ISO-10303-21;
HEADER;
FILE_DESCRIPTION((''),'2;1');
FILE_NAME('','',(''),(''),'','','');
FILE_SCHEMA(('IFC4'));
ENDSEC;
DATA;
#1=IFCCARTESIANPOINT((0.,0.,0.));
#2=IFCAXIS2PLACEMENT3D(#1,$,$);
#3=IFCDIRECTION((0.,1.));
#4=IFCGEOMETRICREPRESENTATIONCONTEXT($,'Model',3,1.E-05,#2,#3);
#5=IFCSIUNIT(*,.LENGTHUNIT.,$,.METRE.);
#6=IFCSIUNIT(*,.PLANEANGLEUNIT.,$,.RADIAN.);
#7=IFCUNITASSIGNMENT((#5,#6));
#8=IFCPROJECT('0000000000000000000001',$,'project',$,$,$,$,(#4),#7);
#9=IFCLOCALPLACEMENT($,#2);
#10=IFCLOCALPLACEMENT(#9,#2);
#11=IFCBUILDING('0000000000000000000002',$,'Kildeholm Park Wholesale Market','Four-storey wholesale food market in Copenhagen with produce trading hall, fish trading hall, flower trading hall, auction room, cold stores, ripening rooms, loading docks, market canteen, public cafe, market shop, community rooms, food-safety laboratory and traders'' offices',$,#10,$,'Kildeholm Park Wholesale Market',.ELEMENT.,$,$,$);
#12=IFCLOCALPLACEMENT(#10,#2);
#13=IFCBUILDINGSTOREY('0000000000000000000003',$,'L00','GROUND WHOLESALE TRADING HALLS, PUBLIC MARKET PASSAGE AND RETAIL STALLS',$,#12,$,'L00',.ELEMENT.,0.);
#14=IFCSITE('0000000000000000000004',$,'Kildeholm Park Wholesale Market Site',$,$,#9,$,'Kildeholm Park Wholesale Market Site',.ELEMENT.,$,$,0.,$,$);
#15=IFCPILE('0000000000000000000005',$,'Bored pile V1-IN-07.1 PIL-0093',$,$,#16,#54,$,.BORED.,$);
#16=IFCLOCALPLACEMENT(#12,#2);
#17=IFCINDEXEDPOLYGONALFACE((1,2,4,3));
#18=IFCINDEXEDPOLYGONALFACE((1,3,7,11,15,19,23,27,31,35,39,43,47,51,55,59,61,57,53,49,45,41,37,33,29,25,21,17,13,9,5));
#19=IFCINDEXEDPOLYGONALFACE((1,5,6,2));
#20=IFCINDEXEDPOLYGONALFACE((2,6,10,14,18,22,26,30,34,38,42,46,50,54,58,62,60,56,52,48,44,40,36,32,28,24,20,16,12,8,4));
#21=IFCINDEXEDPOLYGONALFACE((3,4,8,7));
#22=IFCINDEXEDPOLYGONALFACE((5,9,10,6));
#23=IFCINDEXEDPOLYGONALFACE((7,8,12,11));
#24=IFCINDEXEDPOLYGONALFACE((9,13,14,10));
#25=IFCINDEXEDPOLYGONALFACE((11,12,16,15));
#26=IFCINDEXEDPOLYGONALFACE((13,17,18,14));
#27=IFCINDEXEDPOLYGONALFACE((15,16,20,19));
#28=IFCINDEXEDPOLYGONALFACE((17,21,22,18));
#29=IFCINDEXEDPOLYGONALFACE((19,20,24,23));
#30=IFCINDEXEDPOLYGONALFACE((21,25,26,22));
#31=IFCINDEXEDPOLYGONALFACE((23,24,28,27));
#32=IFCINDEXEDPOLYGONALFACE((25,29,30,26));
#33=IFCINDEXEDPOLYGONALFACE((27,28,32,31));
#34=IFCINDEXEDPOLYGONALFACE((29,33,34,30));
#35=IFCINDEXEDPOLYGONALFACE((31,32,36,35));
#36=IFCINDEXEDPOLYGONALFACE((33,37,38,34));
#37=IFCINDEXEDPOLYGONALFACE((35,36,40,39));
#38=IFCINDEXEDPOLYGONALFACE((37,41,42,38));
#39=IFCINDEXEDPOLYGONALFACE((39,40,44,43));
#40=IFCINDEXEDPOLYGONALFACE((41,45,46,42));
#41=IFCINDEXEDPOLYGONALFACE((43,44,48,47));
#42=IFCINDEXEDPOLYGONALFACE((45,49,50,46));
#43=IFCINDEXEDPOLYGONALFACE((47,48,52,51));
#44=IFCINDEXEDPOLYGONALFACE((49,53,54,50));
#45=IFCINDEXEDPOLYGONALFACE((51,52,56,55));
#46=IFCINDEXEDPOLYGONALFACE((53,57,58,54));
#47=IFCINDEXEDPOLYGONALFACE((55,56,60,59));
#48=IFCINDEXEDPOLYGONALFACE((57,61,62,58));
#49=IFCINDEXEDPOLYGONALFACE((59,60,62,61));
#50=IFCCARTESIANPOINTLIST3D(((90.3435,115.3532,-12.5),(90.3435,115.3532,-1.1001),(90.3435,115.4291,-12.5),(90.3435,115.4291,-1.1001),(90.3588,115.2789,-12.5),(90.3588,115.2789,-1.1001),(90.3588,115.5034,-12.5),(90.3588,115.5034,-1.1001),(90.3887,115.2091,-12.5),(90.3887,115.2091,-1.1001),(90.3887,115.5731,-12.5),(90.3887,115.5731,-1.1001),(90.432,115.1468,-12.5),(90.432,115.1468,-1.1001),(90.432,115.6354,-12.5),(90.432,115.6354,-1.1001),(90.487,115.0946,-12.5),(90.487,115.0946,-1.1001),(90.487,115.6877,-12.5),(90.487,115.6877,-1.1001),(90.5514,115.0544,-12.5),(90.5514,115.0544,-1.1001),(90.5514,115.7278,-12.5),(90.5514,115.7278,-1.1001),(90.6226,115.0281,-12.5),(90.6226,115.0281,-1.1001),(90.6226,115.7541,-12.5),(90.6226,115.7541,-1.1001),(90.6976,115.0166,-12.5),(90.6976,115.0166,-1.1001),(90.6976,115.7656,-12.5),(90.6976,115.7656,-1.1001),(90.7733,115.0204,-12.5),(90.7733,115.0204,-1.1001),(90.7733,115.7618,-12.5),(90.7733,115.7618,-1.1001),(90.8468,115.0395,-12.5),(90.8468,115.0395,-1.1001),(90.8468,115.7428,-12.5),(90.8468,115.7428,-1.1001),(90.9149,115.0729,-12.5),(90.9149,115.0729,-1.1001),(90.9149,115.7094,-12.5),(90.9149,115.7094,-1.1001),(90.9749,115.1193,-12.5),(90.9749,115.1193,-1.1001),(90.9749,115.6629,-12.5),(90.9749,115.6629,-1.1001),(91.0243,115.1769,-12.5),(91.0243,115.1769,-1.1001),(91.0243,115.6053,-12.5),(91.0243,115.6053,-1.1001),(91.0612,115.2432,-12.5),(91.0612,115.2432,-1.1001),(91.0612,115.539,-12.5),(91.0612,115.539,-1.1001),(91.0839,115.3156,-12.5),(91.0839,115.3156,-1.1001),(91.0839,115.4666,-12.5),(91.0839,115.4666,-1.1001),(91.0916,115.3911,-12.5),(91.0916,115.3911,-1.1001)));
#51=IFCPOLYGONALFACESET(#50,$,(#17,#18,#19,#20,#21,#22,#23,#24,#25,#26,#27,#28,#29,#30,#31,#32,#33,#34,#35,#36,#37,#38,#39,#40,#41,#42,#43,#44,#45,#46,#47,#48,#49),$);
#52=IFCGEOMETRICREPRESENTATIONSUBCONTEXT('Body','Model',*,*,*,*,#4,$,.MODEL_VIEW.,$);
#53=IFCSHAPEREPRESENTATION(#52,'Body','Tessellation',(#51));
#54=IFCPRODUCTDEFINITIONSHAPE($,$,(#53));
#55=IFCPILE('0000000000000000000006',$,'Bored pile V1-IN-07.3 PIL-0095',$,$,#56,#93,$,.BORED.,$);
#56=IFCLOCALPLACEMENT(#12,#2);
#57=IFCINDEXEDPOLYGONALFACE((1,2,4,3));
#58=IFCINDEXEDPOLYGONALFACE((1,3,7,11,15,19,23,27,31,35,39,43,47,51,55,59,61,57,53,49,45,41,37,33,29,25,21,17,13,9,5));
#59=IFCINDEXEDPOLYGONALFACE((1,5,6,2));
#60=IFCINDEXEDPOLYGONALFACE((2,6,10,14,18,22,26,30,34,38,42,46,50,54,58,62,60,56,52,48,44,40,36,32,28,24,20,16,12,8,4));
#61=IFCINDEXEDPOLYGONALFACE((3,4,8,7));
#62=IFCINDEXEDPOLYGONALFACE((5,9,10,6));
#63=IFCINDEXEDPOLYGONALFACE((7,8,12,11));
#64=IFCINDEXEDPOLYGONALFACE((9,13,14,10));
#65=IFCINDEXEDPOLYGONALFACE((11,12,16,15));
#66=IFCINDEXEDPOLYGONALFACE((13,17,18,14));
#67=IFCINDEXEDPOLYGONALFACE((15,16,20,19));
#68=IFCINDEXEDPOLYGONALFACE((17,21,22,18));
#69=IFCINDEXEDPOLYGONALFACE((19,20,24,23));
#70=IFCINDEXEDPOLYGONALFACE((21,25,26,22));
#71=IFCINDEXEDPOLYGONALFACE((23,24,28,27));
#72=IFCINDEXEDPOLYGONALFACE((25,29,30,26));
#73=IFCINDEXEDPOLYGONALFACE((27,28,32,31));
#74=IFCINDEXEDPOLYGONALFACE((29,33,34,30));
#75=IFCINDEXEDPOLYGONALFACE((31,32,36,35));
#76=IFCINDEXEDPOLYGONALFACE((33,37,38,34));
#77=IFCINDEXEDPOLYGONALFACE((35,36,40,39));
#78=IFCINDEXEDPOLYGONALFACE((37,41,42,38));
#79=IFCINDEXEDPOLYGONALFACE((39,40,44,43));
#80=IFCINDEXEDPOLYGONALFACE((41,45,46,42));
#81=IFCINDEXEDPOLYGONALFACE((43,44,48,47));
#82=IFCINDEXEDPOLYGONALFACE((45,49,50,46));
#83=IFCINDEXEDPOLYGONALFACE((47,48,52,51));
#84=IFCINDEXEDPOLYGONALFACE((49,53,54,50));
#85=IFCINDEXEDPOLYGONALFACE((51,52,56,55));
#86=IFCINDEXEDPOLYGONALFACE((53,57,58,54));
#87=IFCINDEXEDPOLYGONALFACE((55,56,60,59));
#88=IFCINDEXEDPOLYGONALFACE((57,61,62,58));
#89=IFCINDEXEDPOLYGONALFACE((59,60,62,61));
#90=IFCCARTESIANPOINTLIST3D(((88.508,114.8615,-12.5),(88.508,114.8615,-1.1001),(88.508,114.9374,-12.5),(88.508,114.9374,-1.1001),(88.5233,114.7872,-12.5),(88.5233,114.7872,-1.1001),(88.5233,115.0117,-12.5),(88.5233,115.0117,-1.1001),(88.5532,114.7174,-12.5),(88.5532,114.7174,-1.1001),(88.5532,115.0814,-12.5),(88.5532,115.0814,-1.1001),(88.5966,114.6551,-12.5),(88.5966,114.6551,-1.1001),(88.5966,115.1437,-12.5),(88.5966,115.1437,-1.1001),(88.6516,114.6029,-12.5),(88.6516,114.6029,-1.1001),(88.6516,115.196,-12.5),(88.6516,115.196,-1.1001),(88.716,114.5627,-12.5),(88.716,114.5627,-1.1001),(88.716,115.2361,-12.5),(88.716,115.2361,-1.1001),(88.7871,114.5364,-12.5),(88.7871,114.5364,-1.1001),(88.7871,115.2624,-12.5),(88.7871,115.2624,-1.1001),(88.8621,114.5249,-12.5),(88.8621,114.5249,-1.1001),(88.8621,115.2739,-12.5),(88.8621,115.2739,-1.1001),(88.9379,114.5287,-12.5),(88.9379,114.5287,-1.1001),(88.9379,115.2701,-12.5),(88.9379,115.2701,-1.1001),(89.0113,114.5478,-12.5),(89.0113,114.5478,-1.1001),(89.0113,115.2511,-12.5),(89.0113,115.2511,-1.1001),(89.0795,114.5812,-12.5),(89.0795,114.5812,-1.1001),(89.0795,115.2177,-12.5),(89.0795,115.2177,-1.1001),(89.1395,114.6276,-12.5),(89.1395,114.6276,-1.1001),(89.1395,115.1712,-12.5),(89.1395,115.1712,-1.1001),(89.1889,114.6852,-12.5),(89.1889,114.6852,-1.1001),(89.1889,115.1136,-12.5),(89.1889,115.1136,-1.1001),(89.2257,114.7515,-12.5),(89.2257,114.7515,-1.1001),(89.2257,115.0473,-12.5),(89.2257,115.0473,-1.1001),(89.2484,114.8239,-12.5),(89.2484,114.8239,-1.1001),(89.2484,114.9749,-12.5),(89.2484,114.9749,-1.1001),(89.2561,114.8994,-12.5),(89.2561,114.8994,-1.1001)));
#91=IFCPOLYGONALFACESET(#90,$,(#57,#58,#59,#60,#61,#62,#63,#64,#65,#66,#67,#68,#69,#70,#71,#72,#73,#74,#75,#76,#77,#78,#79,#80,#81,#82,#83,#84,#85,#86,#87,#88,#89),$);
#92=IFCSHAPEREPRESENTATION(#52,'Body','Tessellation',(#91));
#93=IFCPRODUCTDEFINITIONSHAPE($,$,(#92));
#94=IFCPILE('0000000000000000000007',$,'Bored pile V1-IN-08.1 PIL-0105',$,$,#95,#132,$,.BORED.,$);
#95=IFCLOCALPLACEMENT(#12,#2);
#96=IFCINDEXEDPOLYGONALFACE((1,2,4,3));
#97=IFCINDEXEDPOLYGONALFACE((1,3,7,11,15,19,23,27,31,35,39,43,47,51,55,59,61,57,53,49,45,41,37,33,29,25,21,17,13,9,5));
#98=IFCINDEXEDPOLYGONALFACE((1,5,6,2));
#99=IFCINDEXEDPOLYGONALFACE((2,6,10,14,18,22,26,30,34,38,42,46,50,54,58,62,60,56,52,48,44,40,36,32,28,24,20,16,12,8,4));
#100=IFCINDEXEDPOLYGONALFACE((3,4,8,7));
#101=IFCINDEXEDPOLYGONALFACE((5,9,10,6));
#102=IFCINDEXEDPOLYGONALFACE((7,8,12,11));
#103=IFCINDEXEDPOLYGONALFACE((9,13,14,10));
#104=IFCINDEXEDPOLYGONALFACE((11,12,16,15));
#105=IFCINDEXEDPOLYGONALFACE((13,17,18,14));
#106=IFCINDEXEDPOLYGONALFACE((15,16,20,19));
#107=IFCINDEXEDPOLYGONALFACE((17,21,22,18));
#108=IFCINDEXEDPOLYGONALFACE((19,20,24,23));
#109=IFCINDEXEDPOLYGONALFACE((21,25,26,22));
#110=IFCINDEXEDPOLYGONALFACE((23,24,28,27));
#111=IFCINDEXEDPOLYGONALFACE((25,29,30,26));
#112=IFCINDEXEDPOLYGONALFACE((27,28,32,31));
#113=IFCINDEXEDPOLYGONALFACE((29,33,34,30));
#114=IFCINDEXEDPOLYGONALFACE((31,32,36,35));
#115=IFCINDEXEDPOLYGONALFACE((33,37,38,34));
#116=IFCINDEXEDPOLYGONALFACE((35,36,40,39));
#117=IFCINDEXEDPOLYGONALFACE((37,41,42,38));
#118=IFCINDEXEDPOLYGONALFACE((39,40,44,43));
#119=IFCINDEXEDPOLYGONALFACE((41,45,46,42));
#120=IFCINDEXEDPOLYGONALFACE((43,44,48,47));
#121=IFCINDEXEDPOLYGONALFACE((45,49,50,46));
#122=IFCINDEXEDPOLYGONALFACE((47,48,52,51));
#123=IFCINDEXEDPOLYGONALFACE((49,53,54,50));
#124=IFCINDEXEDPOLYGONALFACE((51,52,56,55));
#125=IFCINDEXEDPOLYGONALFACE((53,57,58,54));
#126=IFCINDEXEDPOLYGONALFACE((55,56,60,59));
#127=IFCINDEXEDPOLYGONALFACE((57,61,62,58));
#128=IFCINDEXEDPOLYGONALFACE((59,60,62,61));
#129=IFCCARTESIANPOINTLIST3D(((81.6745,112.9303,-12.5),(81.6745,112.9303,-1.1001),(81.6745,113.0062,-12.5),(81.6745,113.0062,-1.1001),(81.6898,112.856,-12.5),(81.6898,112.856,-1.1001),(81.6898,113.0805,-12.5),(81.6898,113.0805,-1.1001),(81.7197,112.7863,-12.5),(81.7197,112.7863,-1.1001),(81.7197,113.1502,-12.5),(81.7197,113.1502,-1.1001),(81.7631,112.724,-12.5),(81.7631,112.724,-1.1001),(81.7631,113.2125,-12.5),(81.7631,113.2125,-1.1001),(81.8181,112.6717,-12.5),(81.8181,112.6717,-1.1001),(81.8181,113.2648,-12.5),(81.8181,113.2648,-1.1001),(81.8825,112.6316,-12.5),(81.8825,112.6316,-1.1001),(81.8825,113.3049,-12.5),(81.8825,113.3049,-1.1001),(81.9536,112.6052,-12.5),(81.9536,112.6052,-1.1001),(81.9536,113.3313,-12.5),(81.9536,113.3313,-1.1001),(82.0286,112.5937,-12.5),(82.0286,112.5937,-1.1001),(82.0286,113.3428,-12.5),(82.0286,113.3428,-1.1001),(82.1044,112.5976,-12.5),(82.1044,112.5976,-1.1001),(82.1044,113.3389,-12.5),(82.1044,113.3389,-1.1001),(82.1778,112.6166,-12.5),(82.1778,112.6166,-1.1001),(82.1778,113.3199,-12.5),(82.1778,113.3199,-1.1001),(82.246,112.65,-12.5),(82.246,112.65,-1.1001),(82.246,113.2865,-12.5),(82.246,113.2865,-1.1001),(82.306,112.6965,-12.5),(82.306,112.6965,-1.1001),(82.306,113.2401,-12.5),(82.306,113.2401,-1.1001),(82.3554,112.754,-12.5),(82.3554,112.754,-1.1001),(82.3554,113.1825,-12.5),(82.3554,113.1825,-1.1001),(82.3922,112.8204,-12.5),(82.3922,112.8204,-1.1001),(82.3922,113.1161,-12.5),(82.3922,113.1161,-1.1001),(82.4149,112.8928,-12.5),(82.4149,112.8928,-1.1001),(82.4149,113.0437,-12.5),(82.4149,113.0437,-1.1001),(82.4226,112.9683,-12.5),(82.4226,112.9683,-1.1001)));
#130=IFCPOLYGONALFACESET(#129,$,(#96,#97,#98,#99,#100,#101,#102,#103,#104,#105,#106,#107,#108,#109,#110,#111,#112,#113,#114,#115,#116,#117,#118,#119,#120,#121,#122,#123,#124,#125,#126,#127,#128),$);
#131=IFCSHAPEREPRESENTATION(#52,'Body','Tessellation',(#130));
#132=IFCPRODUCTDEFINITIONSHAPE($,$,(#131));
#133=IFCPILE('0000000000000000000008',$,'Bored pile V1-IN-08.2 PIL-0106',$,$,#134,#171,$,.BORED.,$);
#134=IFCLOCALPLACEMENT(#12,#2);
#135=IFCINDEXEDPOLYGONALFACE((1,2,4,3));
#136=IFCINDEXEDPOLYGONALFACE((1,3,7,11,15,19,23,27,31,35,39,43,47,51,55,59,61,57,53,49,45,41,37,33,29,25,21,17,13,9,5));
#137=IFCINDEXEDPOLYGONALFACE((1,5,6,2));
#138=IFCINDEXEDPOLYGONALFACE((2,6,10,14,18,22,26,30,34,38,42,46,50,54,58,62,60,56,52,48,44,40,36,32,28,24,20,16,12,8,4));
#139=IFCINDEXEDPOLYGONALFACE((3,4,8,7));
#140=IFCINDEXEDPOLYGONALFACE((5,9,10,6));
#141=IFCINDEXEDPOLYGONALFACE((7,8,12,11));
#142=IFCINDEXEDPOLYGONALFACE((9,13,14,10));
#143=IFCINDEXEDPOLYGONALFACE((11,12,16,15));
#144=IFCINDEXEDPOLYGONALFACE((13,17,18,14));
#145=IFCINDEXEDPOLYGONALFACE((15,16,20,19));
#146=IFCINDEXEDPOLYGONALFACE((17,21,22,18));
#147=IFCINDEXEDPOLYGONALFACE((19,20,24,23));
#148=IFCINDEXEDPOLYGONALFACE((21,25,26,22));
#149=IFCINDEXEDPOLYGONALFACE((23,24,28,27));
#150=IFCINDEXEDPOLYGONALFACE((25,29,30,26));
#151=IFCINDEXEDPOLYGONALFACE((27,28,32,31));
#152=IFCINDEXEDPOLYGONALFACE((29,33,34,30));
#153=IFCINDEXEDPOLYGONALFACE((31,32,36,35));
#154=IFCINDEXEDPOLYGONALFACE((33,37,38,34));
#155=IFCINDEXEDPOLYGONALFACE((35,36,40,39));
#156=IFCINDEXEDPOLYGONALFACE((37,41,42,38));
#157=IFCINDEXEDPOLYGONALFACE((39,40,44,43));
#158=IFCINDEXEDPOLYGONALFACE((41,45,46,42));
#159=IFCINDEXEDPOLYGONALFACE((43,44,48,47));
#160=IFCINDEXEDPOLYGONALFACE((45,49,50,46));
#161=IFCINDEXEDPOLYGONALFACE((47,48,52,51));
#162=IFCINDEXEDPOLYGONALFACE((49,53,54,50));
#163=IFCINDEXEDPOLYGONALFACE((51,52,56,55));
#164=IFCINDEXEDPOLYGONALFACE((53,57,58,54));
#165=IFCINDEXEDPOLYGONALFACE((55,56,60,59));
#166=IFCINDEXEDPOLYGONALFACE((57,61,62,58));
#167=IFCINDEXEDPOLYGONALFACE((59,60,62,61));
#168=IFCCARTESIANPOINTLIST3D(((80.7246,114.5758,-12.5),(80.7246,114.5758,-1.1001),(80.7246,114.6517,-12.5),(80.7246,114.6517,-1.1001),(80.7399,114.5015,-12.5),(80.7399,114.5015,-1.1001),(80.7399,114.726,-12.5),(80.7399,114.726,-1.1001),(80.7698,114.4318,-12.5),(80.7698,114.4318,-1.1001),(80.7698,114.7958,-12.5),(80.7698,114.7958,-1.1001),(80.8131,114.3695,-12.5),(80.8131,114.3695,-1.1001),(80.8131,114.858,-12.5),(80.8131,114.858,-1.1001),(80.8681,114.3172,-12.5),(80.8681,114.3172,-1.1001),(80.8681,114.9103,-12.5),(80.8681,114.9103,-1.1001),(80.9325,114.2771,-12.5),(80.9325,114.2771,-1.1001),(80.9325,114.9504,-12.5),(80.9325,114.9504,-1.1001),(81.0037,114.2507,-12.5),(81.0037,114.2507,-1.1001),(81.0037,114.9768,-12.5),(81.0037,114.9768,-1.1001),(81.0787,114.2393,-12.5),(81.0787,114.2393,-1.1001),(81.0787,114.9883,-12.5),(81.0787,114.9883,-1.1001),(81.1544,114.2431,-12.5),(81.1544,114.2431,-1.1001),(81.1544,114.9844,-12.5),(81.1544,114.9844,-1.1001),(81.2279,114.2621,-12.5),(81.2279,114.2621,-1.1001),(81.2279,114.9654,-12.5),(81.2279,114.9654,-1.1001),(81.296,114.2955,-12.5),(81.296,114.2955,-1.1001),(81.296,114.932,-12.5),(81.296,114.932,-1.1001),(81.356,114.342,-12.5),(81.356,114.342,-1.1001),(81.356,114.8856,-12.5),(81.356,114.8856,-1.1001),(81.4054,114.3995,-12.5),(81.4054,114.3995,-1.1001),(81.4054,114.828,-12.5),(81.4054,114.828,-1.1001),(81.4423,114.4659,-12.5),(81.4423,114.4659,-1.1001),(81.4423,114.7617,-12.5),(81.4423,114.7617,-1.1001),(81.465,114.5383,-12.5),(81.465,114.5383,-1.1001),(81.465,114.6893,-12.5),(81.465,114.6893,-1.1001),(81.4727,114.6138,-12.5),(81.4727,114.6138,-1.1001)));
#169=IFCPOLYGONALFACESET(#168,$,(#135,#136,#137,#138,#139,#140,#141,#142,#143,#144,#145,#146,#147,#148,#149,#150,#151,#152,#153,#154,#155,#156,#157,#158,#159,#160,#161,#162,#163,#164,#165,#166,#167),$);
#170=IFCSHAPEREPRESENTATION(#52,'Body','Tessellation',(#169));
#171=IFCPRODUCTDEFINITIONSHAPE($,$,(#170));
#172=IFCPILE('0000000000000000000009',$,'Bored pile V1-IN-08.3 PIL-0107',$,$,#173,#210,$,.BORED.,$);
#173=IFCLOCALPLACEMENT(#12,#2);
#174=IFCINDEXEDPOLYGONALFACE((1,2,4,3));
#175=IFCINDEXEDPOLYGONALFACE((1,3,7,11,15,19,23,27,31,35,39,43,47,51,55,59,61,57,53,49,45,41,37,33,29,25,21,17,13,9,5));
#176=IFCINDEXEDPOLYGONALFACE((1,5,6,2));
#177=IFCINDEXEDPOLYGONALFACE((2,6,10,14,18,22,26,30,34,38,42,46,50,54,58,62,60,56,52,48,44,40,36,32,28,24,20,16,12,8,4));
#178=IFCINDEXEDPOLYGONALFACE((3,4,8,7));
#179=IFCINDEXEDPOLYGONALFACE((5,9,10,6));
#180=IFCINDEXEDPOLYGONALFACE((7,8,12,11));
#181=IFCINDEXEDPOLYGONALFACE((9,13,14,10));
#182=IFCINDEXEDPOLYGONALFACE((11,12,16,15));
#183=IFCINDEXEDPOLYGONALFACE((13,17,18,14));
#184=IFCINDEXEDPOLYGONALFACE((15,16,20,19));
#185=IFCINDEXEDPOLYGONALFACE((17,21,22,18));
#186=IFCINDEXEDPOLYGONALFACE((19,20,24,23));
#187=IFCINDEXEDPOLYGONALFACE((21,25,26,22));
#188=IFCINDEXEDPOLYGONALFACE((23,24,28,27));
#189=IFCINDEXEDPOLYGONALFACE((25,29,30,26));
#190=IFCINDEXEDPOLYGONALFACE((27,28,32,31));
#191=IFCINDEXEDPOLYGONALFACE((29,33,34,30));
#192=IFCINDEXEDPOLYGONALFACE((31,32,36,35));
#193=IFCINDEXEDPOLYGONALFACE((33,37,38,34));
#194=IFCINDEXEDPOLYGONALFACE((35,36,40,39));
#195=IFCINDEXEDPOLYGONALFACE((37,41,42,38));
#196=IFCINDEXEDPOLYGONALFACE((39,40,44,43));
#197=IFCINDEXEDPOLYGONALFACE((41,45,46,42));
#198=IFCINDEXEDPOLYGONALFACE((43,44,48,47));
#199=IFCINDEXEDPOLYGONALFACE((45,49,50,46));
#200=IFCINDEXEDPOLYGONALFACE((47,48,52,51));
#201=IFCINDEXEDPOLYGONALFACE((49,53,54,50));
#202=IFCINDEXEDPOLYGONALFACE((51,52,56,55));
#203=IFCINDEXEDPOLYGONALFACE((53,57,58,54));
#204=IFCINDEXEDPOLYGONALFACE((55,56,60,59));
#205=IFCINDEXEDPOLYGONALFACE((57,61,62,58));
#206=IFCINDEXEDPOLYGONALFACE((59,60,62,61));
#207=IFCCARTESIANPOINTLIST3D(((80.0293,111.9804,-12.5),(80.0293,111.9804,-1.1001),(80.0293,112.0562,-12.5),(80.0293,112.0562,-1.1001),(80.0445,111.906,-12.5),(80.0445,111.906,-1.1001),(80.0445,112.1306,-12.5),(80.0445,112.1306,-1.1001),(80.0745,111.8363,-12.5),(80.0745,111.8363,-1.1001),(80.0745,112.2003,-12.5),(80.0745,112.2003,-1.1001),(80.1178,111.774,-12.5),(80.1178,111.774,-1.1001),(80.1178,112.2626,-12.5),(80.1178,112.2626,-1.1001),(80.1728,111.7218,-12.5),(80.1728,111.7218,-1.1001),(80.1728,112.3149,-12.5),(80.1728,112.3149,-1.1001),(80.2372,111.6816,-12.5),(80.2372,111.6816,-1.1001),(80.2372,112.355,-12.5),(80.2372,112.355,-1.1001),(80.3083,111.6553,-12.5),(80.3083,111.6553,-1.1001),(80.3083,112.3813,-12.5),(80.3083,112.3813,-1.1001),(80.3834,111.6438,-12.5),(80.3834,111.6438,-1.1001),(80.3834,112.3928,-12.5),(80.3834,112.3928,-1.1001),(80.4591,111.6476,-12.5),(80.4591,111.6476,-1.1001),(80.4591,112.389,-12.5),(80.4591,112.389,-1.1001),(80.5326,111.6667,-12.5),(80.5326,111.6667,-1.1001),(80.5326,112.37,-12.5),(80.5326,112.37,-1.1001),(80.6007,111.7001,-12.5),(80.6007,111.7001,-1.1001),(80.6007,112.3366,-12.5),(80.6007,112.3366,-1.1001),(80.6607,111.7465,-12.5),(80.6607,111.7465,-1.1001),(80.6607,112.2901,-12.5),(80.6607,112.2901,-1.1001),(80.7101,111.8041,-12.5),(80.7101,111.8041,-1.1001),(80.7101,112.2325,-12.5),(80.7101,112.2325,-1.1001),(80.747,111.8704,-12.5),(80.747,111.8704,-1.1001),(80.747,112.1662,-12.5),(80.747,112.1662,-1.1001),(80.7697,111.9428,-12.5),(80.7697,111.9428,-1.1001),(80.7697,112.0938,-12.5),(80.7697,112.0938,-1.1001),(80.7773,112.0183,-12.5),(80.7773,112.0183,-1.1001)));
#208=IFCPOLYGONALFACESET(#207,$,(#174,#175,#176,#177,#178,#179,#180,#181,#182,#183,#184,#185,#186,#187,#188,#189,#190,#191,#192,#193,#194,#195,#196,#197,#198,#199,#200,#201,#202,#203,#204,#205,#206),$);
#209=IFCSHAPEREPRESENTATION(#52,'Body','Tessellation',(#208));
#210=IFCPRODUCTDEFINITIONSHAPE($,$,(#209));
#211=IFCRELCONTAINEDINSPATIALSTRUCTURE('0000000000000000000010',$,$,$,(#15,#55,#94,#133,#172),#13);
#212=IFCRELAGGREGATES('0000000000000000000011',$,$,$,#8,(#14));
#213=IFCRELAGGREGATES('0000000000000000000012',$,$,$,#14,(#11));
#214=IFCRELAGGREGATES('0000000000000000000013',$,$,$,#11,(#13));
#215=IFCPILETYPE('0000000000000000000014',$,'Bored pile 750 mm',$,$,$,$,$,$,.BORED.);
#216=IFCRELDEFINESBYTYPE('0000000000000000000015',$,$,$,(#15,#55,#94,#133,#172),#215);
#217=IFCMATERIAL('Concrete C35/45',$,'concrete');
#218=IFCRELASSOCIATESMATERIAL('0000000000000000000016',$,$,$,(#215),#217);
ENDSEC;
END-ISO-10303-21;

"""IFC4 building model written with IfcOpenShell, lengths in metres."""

from ifc_helpers import new_model, si_unit, direction, frame, origin, origin_2d, place, context, subcontext, project, spatial, circle, extrude, material, material_profile, profile_set, type_object, element, save


model = new_model("IFC4")

# Units and contexts
model_context = context("Model", 3, precision=1e-05, world=origin(), true_north=direction((0.0, 1.0)))
body_context = subcontext(model_context, "Body", "Model", "MODEL_VIEW")
ifc_project = project(units=[si_unit("LENGTHUNIT", "METRE"), si_unit("PLANEANGLEUNIT", "RADIAN")], contexts=[model_context])

# Site, building, storey
site_placement = place(None, origin())
site = spatial("IfcSite", under=ifc_project, at=site_placement, Name="Kildeholm Park Wholesale Market Site", LongName="Kildeholm Park Wholesale Market Site", CompositionType="ELEMENT", RefElevation=0.0)
building_placement = place(site_placement, origin())
building = spatial("IfcBuilding", under=site, at=building_placement, Name="Kildeholm Park Wholesale Market", Description="Four-storey wholesale food market in Copenhagen with produce trading hall, fish trading hall, flower trading hall, auction room, cold stores, ripening rooms, loading docks, market canteen, public cafe, market shop, community rooms, food-safety laboratory and traders' offices", LongName="Kildeholm Park Wholesale Market", CompositionType="ELEMENT")
storey_placement = place(building_placement, origin())
storey = spatial("IfcBuildingStorey", under=building, at=storey_placement, Name="L00", Description="GROUND WHOLESALE TRADING HALLS, PUBLIC MARKET PASSAGE AND RETAIL STALLS", LongName="L00", CompositionType="ELEMENT", Elevation=0.0)

# Piles
ifc_material_1 = material(Name="Concrete C35/45", Category="concrete")
ifc_material_profile_1 = material_profile(ifc_material_1, circle(Radius=0.375, at=origin_2d()), Name="PILE D750")
ifc_profile_set_1 = profile_set([ifc_material_profile_1], Name="Concrete C35/45")
pile_type = type_object("IfcPileType", Name="Bored pile 750 mm", PredefinedType="BORED", material=ifc_profile_set_1)
for number, where, z_axis, x_axis, name in (
    (1, (90.7166, 115.3911, -1.1001), (0.0, 0.0, -1.0), (1.0, 0.0, 0.0), "Bored pile V1-IN-07.1 PIL-0093"),
    (2, (88.8811, 114.8994, -1.1001), (0.0, 0.0, -1.0), (1.0, 0.0, 0.0), "Bored pile V1-IN-07.3 PIL-0095"),
    (3, (82.0476, 112.9683, -1.1001), (0.0, 0.0, -1.0), (1.0, 0.0, 0.0), "Bored pile V1-IN-08.1 PIL-0105"),
    (4, (81.0977, 114.6138, -1.1001), (0.0, 0.0, -1.0), (1.0, 0.0, 0.0), "Bored pile V1-IN-08.2 PIL-0106"),
    (5, (80.4023, 112.0183, -1.1001), (0.0, 0.0, -1.0), (1.0, 0.0, 0.0), "Bored pile V1-IN-08.3 PIL-0107"),
):
    element("IfcPile", number, at=place(storey_placement, frame(where, z_axis=z_axis, x_axis=x_axis)), inside=storey, type_object=pile_type, Name=name, PredefinedType="BORED", context=body_context, shape_type="SweptSolid", body=[
        extrude(circle(Radius=0.375, at=origin_2d()), origin(), (0.0, 0.0, 1.0), 11.3999),
    ])

save(model, "model.ifc")
